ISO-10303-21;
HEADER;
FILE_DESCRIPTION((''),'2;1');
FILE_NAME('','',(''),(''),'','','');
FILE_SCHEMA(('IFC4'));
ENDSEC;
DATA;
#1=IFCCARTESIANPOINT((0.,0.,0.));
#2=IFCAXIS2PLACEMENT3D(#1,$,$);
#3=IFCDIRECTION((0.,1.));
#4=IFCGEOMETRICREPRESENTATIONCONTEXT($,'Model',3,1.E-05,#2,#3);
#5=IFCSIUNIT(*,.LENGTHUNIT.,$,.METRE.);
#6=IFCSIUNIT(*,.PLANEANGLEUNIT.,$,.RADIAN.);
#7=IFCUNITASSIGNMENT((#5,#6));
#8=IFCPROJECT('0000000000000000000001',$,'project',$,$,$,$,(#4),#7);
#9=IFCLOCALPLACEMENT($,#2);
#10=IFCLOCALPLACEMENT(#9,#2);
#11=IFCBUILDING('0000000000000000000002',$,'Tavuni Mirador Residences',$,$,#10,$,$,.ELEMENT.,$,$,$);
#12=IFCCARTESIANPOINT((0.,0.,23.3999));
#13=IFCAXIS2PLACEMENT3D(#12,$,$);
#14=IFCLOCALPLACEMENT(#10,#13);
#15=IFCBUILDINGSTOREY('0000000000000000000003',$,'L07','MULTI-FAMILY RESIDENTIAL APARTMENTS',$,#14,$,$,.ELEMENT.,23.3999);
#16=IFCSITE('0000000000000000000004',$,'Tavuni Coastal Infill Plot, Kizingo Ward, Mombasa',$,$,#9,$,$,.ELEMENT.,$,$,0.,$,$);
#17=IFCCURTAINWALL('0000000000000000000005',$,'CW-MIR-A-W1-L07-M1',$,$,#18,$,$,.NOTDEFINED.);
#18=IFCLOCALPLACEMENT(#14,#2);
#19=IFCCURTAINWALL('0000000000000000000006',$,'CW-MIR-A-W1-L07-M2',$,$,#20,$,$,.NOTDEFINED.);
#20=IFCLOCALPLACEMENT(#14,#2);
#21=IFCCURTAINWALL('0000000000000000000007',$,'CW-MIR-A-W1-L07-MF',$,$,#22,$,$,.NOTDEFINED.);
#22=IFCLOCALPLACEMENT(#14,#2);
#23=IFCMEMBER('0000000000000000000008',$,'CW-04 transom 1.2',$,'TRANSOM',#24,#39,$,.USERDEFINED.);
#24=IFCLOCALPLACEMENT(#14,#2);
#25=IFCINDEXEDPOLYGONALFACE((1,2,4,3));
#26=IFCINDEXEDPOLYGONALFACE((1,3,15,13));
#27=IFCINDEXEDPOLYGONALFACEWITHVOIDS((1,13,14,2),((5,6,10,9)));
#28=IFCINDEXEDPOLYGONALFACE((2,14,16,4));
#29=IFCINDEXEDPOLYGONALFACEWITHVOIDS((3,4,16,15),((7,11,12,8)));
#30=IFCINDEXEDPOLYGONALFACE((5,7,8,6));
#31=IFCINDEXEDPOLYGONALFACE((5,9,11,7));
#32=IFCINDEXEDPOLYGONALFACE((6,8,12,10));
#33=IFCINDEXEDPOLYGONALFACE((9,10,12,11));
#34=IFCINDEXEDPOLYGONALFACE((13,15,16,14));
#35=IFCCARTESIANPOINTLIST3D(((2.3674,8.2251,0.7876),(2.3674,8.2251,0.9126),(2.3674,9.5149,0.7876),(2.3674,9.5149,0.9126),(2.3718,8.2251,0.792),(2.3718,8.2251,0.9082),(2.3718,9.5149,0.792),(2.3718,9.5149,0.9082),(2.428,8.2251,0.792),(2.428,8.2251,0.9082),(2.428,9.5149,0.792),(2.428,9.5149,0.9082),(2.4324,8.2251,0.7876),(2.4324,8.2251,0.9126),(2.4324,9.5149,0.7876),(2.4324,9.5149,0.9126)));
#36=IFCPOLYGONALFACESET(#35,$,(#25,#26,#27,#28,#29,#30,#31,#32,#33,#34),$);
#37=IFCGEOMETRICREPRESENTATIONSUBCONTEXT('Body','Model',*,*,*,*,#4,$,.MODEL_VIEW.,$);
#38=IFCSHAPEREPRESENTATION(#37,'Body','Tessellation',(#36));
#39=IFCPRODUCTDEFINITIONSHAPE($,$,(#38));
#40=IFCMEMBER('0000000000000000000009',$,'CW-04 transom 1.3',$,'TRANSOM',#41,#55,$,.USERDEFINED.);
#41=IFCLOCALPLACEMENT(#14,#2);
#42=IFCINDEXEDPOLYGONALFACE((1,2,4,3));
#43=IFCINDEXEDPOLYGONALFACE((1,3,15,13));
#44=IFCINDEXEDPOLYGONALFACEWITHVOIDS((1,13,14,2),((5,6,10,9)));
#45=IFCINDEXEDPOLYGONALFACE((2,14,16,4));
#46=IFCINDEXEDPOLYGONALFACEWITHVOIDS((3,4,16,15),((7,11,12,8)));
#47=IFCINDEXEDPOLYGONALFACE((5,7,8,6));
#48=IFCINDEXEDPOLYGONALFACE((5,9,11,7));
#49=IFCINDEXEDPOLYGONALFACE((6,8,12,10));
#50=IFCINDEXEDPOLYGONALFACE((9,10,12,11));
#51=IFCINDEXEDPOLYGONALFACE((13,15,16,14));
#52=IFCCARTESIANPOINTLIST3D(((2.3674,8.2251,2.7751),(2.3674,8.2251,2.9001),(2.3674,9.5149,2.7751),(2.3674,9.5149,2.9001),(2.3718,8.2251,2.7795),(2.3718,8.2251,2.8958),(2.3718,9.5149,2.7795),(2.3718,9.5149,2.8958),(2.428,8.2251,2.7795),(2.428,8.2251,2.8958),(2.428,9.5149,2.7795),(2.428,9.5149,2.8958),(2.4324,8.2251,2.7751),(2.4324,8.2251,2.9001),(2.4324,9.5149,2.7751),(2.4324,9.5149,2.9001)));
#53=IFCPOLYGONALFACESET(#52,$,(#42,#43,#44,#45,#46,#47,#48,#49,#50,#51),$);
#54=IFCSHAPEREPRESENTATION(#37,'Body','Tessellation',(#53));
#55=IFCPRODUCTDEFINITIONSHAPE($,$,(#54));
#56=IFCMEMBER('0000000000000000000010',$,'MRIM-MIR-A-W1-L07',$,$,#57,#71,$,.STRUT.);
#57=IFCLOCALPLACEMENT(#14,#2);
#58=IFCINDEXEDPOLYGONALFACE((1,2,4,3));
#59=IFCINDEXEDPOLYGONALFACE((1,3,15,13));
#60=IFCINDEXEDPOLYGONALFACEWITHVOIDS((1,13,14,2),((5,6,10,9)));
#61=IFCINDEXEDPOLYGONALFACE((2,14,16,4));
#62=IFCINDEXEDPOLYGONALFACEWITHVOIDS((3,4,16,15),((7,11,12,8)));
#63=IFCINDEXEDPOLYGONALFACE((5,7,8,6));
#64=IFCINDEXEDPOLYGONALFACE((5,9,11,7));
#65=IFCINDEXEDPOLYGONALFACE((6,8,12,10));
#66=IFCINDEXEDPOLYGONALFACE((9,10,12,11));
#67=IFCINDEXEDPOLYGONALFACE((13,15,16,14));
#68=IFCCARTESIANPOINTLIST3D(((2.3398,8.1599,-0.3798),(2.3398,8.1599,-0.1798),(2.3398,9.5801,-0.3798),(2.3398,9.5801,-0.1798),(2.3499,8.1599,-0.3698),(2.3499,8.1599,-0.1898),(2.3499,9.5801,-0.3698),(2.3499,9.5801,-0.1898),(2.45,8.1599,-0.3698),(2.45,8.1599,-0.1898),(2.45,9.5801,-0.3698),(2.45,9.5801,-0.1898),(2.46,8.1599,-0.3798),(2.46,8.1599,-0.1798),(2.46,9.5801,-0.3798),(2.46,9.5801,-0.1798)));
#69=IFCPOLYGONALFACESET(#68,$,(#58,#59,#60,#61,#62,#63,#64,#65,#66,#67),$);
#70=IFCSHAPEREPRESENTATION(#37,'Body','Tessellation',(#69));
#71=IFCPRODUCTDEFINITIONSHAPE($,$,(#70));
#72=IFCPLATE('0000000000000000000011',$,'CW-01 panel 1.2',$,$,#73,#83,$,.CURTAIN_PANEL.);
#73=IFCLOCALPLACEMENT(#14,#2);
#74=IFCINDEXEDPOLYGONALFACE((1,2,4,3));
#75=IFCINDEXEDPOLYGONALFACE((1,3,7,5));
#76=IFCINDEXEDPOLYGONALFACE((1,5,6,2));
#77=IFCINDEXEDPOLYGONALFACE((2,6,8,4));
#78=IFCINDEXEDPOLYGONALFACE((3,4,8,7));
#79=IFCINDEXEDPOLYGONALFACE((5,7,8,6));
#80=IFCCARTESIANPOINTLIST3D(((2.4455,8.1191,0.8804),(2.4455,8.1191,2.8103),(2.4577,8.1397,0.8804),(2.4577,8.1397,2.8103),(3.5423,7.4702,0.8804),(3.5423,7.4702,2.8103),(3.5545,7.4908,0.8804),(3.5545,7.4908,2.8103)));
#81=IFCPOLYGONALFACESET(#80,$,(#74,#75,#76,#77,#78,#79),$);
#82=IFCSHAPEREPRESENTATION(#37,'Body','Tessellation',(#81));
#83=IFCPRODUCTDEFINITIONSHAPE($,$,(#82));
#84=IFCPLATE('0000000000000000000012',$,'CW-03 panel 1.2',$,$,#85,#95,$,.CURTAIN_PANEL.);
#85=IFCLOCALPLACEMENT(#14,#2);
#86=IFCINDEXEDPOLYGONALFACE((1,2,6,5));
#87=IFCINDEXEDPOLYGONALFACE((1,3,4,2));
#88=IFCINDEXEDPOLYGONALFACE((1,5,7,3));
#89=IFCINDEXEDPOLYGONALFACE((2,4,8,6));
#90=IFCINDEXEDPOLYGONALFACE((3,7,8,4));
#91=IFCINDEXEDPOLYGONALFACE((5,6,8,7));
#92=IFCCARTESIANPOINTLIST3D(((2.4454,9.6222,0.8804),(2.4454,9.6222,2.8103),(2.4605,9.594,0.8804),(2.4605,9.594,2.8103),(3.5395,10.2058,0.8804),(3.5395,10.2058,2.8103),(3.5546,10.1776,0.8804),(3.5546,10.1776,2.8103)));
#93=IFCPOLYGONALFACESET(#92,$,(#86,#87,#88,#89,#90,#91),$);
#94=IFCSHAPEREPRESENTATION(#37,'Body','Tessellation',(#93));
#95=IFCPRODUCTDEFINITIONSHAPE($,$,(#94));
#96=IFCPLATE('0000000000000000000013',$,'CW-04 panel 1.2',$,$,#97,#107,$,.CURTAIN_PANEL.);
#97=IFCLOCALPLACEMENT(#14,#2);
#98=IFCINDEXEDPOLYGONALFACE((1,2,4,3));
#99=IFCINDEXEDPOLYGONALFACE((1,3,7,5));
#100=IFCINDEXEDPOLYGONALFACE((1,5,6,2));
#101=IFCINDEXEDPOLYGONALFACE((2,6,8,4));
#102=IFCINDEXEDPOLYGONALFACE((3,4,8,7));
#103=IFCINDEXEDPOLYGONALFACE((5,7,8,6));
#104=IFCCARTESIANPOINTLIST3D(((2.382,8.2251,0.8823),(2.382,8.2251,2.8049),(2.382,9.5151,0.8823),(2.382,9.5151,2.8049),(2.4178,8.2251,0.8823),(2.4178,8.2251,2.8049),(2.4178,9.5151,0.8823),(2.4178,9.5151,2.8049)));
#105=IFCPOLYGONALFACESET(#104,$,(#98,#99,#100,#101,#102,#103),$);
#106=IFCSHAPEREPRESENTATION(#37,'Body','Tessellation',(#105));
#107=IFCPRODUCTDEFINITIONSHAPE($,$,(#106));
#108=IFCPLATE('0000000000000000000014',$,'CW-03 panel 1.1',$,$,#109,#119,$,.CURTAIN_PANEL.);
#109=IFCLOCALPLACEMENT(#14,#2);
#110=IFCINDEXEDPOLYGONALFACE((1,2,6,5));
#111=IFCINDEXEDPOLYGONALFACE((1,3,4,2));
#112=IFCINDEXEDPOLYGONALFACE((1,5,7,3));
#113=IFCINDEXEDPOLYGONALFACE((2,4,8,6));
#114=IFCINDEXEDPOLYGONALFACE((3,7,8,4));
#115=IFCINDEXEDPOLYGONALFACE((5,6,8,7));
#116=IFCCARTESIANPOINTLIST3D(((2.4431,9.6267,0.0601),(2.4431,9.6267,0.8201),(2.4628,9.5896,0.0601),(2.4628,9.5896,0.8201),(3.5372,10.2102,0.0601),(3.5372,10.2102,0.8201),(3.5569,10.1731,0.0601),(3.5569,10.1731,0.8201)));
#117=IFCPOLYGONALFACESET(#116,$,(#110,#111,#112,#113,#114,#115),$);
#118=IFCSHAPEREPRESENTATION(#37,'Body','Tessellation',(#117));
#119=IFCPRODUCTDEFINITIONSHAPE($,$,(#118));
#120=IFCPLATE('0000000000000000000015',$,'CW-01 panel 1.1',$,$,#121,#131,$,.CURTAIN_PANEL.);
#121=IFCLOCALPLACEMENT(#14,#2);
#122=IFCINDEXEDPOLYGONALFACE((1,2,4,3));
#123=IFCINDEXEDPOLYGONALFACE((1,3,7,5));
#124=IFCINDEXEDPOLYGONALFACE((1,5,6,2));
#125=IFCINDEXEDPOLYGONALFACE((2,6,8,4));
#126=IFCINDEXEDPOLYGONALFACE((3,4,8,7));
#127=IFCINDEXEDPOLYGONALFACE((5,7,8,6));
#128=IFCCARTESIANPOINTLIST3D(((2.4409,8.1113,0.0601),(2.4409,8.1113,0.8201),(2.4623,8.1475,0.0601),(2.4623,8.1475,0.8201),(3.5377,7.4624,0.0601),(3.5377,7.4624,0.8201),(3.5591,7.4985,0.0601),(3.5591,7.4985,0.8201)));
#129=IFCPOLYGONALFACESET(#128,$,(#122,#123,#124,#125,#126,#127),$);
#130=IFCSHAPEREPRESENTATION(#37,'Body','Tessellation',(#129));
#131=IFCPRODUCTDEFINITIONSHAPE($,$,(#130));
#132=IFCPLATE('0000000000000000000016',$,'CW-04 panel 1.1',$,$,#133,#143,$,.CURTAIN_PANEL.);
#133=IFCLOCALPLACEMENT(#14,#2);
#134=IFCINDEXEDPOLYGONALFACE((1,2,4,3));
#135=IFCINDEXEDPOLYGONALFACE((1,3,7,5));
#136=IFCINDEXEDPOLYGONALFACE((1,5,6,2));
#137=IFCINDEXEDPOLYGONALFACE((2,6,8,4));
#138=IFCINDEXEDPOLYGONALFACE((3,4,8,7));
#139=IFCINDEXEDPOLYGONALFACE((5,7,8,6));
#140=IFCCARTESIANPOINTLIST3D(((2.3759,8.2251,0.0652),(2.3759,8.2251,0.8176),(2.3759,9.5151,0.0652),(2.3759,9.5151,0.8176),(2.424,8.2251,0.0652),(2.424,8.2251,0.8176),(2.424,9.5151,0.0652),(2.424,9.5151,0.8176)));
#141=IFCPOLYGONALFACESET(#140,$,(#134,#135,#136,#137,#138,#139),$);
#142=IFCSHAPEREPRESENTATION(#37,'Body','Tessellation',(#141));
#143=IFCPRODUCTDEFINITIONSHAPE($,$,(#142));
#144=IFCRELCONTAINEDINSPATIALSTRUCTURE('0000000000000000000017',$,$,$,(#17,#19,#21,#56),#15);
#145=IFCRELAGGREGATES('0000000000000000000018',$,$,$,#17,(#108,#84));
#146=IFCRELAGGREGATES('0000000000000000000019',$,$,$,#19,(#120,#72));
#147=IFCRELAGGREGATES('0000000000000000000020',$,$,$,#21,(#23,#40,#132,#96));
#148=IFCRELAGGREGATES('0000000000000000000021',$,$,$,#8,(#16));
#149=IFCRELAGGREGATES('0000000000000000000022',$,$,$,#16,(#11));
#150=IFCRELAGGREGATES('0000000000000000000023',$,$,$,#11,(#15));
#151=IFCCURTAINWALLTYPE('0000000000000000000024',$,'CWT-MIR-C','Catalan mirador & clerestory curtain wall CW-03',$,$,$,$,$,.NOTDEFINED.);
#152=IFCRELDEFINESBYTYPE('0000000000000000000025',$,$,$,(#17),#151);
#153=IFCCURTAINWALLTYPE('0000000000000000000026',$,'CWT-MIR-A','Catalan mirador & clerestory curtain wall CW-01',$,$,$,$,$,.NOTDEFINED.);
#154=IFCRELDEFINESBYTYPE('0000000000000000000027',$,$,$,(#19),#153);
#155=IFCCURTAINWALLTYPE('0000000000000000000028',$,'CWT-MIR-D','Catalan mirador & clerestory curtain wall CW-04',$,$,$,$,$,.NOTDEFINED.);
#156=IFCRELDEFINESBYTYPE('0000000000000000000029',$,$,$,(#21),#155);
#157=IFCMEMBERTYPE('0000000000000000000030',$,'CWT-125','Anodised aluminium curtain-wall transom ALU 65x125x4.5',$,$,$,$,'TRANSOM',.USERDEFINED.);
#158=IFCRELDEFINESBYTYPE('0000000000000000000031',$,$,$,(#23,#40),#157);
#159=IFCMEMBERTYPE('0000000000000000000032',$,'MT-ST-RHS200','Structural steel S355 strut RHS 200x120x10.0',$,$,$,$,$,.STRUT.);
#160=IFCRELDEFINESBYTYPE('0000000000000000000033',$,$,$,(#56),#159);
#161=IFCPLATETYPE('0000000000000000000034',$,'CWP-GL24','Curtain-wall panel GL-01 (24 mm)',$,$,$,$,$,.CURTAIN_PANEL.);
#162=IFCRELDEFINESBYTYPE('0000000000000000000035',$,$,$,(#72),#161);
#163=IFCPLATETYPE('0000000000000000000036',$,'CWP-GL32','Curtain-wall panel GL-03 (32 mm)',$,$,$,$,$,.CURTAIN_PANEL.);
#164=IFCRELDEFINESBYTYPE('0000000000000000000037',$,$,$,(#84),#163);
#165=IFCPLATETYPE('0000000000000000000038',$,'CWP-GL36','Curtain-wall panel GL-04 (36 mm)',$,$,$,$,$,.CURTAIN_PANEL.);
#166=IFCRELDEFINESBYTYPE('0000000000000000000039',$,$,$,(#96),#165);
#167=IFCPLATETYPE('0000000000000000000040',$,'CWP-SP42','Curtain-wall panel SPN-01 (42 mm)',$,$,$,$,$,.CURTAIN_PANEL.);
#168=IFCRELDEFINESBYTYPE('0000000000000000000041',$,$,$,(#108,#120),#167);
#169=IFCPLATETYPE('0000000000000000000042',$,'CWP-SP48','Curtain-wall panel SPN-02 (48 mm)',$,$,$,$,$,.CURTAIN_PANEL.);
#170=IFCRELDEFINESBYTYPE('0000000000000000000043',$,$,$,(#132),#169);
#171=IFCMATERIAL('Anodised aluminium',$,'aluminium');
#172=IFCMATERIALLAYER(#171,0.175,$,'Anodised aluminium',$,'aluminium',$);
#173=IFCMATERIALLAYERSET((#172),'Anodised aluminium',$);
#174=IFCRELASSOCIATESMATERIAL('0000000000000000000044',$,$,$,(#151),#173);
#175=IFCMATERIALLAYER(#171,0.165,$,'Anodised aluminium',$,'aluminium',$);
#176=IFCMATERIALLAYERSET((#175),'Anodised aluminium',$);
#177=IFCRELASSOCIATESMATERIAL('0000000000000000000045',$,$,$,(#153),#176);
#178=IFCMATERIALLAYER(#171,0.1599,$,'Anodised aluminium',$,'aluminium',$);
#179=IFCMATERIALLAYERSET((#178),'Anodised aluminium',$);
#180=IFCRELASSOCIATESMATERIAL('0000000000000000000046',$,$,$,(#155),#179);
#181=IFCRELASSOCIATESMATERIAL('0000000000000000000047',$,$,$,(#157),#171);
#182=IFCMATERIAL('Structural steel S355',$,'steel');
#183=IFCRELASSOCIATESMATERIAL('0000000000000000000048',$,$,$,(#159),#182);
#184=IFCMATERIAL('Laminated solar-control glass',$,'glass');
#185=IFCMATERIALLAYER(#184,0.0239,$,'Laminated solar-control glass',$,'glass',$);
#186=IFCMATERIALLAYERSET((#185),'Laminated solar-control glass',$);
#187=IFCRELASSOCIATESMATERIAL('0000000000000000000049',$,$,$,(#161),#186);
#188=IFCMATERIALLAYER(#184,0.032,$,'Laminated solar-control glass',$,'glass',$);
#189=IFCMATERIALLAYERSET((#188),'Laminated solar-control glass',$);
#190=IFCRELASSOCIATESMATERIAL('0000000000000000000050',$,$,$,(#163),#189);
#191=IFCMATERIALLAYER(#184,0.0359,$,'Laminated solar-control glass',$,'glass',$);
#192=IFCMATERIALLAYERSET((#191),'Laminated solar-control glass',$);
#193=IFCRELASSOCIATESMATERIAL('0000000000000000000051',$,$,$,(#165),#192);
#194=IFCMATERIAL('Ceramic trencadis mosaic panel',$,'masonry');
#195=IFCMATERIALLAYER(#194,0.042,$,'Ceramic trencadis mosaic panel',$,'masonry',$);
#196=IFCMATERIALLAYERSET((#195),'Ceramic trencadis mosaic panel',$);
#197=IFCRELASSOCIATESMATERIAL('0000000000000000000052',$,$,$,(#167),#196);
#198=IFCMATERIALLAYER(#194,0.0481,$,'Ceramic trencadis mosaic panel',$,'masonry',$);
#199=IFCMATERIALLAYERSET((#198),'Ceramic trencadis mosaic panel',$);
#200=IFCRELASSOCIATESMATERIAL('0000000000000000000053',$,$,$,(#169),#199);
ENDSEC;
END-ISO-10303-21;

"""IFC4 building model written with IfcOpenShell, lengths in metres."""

from ifc_helpers import new_model, si_unit, direction, frame, origin, origin_2d, place, context, subcontext, project, spatial, rectangle, hollow_rectangle, extrude, material, layer, layer_set, material_profile, profile_set, type_object, element, aggregate, save


model = new_model("IFC4")

# Units and contexts
model_context = context("Model", 3, precision=1e-05, world=origin(), true_north=direction((0.0, 1.0)))
body_context = subcontext(model_context, "Body", "Model", "MODEL_VIEW")
ifc_project = project(units=[si_unit("LENGTHUNIT", "METRE"), si_unit("PLANEANGLEUNIT", "RADIAN")], contexts=[model_context])

# Site, building, storey
site_placement = place(None, origin())
site = spatial("IfcSite", under=ifc_project, at=site_placement, Name="Tavuni Coastal Infill Plot, Kizingo Ward, Mombasa", CompositionType="ELEMENT", RefElevation=0.0)
building_placement = place(site_placement, origin())
building = spatial("IfcBuilding", under=site, at=building_placement, Name="Tavuni Mirador Residences", CompositionType="ELEMENT")
storey_placement = place(building_placement, frame((0.0, 0.0, 23.3999)))
storey = spatial("IfcBuildingStorey", under=building, at=storey_placement, Name="L07", Description="MULTI-FAMILY RESIDENTIAL APARTMENTS", CompositionType="ELEMENT", Elevation=23.3999)

# Curtain walls
ifc_material_1 = material(Name="Anodised aluminium", Category="aluminium")
ifc_layer_1 = layer(ifc_material_1, 0.175, Name="Anodised aluminium", Category="aluminium")
ifc_layer_set_1 = layer_set([ifc_layer_1], Name="Anodised aluminium")
curtain_wall_type_1 = type_object("IfcCurtainWallType", Name="CWT-MIR-C", Description="Catalan mirador & clerestory curtain wall CW-03", PredefinedType="NOTDEFINED", material=ifc_layer_set_1)
curtain_wall_1_placement = place(storey_placement, origin())
curtain_wall_1 = element("IfcCurtainWall", 1, at=curtain_wall_1_placement, inside=storey, type_object=curtain_wall_type_1, Name="CW-MIR-A-W1-L07-M1", PredefinedType="NOTDEFINED")
ifc_layer_2 = layer(ifc_material_1, 0.165, Name="Anodised aluminium", Category="aluminium")
ifc_layer_set_2 = layer_set([ifc_layer_2], Name="Anodised aluminium")
curtain_wall_type_2 = type_object("IfcCurtainWallType", Name="CWT-MIR-A", Description="Catalan mirador & clerestory curtain wall CW-01", PredefinedType="NOTDEFINED", material=ifc_layer_set_2)
curtain_wall_2_placement = place(storey_placement, origin())
curtain_wall_2 = element("IfcCurtainWall", 2, at=curtain_wall_2_placement, inside=storey, type_object=curtain_wall_type_2, Name="CW-MIR-A-W1-L07-M2", PredefinedType="NOTDEFINED")

# Curtain wall
ifc_layer_3 = layer(ifc_material_1, 0.1599, Name="Anodised aluminium", Category="aluminium")
ifc_layer_set_3 = layer_set([ifc_layer_3], Name="Anodised aluminium")
curtain_wall_type_3 = type_object("IfcCurtainWallType", Name="CWT-MIR-D", Description="Catalan mirador & clerestory curtain wall CW-04", PredefinedType="NOTDEFINED", material=ifc_layer_set_3)
curtain_wall_3_placement = place(storey_placement, origin())
curtain_wall_3 = element("IfcCurtainWall", 3, at=curtain_wall_3_placement, inside=storey, type_object=curtain_wall_type_3, Name="CW-MIR-A-W1-L07-MF", PredefinedType="NOTDEFINED")

# Members
ifc_material_profile_1 = material_profile(ifc_material_1, hollow_rectangle(XDim=0.0649, YDim=0.125, WallThickness=0.0044, at=origin_2d()), Name="ALU 65x125x4.5", Category="aluminium")
ifc_profile_set_1 = profile_set([ifc_material_profile_1], Name="Anodised aluminium")
member_type_1 = type_object("IfcMemberType", Name="CWT-125", Description="Anodised aluminium curtain-wall transom ALU 65x125x4.5", ElementType="TRANSOM", PredefinedType="USERDEFINED", material=ifc_profile_set_1)
member_1_placement = place(storey_placement, frame((2.3999, 9.5149, 0.8501), z_axis=(0.0, -1.0, 0.0), x_axis=(1.0, 0.0, 0.0)))
member_1 = element("IfcMember", 4, at=member_1_placement, type_object=member_type_1, Name="CW-04 transom 1.2", ObjectType="TRANSOM", PredefinedType="USERDEFINED", context=body_context, shape_type="SweptSolid", body=[
    extrude(hollow_rectangle(XDim=0.0649, YDim=0.125, WallThickness=0.0044, at=origin_2d()), origin(), (0.0, 0.0, 1.0), 1.2898),
])
member_2_placement = place(storey_placement, frame((2.3999, 9.5149, 2.8376), z_axis=(0.0, -1.0, 0.0), x_axis=(1.0, 0.0, 0.0)))
member_2 = element("IfcMember", 5, at=member_2_placement, type_object=member_type_1, Name="CW-04 transom 1.3", ObjectType="TRANSOM", PredefinedType="USERDEFINED", context=body_context, shape_type="SweptSolid", body=[
    extrude(hollow_rectangle(XDim=0.0649, YDim=0.125, WallThickness=0.0044, at=origin_2d()), origin(), (0.0, 0.0, 1.0), 1.2898),
])
ifc_material_2 = material(Name="Structural steel S355", Category="steel")
ifc_material_profile_2 = material_profile(ifc_material_2, hollow_rectangle(XDim=0.1201, YDim=0.2, WallThickness=0.01, at=origin_2d()), Name="RHS 200x120x10.0", Category="steel")
ifc_profile_set_2 = profile_set([ifc_material_profile_2], Name="Structural steel S355")
member_type_2 = type_object("IfcMemberType", Name="MT-ST-RHS200", Description="Structural steel S355 strut RHS 200x120x10.0", PredefinedType="STRUT", material=ifc_profile_set_2)
member_3_placement = place(storey_placement, frame((2.3999, 8.1599, -0.2798), z_axis=(0.0, 1.0, 0.0), x_axis=(-1.0, 0.0, 0.0)))
element("IfcMember", 6, at=member_3_placement, inside=storey, type_object=member_type_2, Name="MRIM-MIR-A-W1-L07", PredefinedType="STRUT", context=body_context, shape_type="SweptSolid", body=[
    extrude(hollow_rectangle(XDim=0.1201, YDim=0.2, WallThickness=0.01, at=origin_2d()), origin(), (0.0, 0.0, 1.0), 1.4202),
])

# Plates
ifc_material_3 = material(Name="Laminated solar-control glass", Category="glass")
ifc_layer_4 = layer(ifc_material_3, 0.0239, Name="Laminated solar-control glass", Category="glass")
ifc_layer_set_4 = layer_set([ifc_layer_4], Name="Laminated solar-control glass")
plate_type_1 = type_object("IfcPlateType", Name="CWP-GL24", Description="Curtain-wall panel GL-01 (24 mm)", PredefinedType="CURTAIN_PANEL", material=ifc_layer_set_4)
plate_1_placement = place(storey_placement, frame((3.0, 7.8049, 0.8804), z_axis=(0.0, 0.0, 1.0), x_axis=(0.860641, -0.509212, 0.0)))
plate_1 = element("IfcPlate", 7, at=plate_1_placement, type_object=plate_type_1, Name="CW-01 panel 1.2", PredefinedType="CURTAIN_PANEL", context=body_context, shape_type="SweptSolid", body=[
    extrude(rectangle(XDim=1.2744, YDim=0.0239, at=origin_2d()), origin(), (0.0, 0.0, 1.0), 1.9299),
])
ifc_layer_5 = layer(ifc_material_3, 0.032, Name="Laminated solar-control glass", Category="glass")
ifc_layer_set_5 = layer_set([ifc_layer_5], Name="Laminated solar-control glass")
plate_type_2 = type_object("IfcPlateType", Name="CWP-GL32", Description="Curtain-wall panel GL-03 (32 mm)", PredefinedType="CURTAIN_PANEL", material=ifc_layer_set_5)
plate_2_placement = place(storey_placement, frame((3.0, 9.8999, 0.8804), z_axis=(0.0, 0.0, 1.0), x_axis=(-0.882353, -0.470588, 0.0)))
plate_2 = element("IfcPlate", 8, at=plate_2_placement, type_object=plate_type_2, Name="CW-03 panel 1.2", PredefinedType="CURTAIN_PANEL", context=body_context, shape_type="SweptSolid", body=[
    extrude(rectangle(XDim=1.24, YDim=0.032, at=origin_2d()), origin(), (0.0, 0.0, 1.0), 1.9299),
])
ifc_layer_6 = layer(ifc_material_3, 0.0359, Name="Laminated solar-control glass", Category="glass")
ifc_layer_set_6 = layer_set([ifc_layer_6], Name="Laminated solar-control glass")
plate_type_3 = type_object("IfcPlateType", Name="CWP-GL36", Description="Curtain-wall panel GL-04 (36 mm)", PredefinedType="CURTAIN_PANEL", material=ifc_layer_set_6)
plate_3_placement = place(storey_placement, frame((2.3999, 8.8701, 0.8823), z_axis=(0.0, 0.0, 1.0), x_axis=(0.0, -1.0, 0.0)))
plate_3 = element("IfcPlate", 9, at=plate_3_placement, type_object=plate_type_3, Name="CW-04 panel 1.2", PredefinedType="CURTAIN_PANEL", context=body_context, shape_type="SweptSolid", body=[
    extrude(rectangle(XDim=1.29, YDim=0.0359, at=origin_2d()), origin(), (0.0, 0.0, 1.0), 1.9226),
])
ifc_material_4 = material(Name="Ceramic trencadis mosaic panel", Category="masonry")
ifc_layer_7 = layer(ifc_material_4, 0.042, Name="Ceramic trencadis mosaic panel", Category="masonry")
ifc_layer_set_7 = layer_set([ifc_layer_7], Name="Ceramic trencadis mosaic panel")
plate_type_4 = type_object("IfcPlateType", Name="CWP-SP42", Description="Curtain-wall panel SPN-01 (42 mm)", PredefinedType="CURTAIN_PANEL", material=ifc_layer_set_7)
plate_4_placement = place(storey_placement, frame((3.0, 9.8999, 0.0601), z_axis=(0.0, 0.0, 1.0), x_axis=(-0.882353, -0.470588, 0.0)))
plate_4 = element("IfcPlate", 10, at=plate_4_placement, type_object=plate_type_4, Name="CW-03 panel 1.1", PredefinedType="CURTAIN_PANEL", context=body_context, shape_type="SweptSolid", body=[
    extrude(rectangle(XDim=1.24, YDim=0.042, at=origin_2d()), origin(), (0.0, 0.0, 1.0), 0.76),
])
aggregate(curtain_wall_1, [plate_4, plate_2])
plate_5_placement = place(storey_placement, frame((3.0, 7.8049, 0.0601), z_axis=(0.0, 0.0, 1.0), x_axis=(0.860641, -0.509212, 0.0)))
plate_5 = element("IfcPlate", 11, at=plate_5_placement, type_object=plate_type_4, Name="CW-01 panel 1.1", PredefinedType="CURTAIN_PANEL", context=body_context, shape_type="SweptSolid", body=[
    extrude(rectangle(XDim=1.2744, YDim=0.042, at=origin_2d()), origin(), (0.0, 0.0, 1.0), 0.76),
])
aggregate(curtain_wall_2, [plate_5, plate_1])
ifc_layer_8 = layer(ifc_material_4, 0.0481, Name="Ceramic trencadis mosaic panel", Category="masonry")
ifc_layer_set_8 = layer_set([ifc_layer_8], Name="Ceramic trencadis mosaic panel")
plate_type_5 = type_object("IfcPlateType", Name="CWP-SP48", Description="Curtain-wall panel SPN-02 (48 mm)", PredefinedType="CURTAIN_PANEL", material=ifc_layer_set_8)
plate_6_placement = place(storey_placement, frame((2.3999, 8.8701, 0.0652), z_axis=(0.0, 0.0, 1.0), x_axis=(0.0, -1.0, 0.0)))
plate_6 = element("IfcPlate", 12, at=plate_6_placement, type_object=plate_type_5, Name="CW-04 panel 1.1", PredefinedType="CURTAIN_PANEL", context=body_context, shape_type="SweptSolid", body=[
    extrude(rectangle(XDim=1.29, YDim=0.0481, at=origin_2d()), origin(), (0.0, 0.0, 1.0), 0.7524),
])
aggregate(curtain_wall_3, [member_1, member_2, plate_6, plate_3])

save(model, "model.ifc")
